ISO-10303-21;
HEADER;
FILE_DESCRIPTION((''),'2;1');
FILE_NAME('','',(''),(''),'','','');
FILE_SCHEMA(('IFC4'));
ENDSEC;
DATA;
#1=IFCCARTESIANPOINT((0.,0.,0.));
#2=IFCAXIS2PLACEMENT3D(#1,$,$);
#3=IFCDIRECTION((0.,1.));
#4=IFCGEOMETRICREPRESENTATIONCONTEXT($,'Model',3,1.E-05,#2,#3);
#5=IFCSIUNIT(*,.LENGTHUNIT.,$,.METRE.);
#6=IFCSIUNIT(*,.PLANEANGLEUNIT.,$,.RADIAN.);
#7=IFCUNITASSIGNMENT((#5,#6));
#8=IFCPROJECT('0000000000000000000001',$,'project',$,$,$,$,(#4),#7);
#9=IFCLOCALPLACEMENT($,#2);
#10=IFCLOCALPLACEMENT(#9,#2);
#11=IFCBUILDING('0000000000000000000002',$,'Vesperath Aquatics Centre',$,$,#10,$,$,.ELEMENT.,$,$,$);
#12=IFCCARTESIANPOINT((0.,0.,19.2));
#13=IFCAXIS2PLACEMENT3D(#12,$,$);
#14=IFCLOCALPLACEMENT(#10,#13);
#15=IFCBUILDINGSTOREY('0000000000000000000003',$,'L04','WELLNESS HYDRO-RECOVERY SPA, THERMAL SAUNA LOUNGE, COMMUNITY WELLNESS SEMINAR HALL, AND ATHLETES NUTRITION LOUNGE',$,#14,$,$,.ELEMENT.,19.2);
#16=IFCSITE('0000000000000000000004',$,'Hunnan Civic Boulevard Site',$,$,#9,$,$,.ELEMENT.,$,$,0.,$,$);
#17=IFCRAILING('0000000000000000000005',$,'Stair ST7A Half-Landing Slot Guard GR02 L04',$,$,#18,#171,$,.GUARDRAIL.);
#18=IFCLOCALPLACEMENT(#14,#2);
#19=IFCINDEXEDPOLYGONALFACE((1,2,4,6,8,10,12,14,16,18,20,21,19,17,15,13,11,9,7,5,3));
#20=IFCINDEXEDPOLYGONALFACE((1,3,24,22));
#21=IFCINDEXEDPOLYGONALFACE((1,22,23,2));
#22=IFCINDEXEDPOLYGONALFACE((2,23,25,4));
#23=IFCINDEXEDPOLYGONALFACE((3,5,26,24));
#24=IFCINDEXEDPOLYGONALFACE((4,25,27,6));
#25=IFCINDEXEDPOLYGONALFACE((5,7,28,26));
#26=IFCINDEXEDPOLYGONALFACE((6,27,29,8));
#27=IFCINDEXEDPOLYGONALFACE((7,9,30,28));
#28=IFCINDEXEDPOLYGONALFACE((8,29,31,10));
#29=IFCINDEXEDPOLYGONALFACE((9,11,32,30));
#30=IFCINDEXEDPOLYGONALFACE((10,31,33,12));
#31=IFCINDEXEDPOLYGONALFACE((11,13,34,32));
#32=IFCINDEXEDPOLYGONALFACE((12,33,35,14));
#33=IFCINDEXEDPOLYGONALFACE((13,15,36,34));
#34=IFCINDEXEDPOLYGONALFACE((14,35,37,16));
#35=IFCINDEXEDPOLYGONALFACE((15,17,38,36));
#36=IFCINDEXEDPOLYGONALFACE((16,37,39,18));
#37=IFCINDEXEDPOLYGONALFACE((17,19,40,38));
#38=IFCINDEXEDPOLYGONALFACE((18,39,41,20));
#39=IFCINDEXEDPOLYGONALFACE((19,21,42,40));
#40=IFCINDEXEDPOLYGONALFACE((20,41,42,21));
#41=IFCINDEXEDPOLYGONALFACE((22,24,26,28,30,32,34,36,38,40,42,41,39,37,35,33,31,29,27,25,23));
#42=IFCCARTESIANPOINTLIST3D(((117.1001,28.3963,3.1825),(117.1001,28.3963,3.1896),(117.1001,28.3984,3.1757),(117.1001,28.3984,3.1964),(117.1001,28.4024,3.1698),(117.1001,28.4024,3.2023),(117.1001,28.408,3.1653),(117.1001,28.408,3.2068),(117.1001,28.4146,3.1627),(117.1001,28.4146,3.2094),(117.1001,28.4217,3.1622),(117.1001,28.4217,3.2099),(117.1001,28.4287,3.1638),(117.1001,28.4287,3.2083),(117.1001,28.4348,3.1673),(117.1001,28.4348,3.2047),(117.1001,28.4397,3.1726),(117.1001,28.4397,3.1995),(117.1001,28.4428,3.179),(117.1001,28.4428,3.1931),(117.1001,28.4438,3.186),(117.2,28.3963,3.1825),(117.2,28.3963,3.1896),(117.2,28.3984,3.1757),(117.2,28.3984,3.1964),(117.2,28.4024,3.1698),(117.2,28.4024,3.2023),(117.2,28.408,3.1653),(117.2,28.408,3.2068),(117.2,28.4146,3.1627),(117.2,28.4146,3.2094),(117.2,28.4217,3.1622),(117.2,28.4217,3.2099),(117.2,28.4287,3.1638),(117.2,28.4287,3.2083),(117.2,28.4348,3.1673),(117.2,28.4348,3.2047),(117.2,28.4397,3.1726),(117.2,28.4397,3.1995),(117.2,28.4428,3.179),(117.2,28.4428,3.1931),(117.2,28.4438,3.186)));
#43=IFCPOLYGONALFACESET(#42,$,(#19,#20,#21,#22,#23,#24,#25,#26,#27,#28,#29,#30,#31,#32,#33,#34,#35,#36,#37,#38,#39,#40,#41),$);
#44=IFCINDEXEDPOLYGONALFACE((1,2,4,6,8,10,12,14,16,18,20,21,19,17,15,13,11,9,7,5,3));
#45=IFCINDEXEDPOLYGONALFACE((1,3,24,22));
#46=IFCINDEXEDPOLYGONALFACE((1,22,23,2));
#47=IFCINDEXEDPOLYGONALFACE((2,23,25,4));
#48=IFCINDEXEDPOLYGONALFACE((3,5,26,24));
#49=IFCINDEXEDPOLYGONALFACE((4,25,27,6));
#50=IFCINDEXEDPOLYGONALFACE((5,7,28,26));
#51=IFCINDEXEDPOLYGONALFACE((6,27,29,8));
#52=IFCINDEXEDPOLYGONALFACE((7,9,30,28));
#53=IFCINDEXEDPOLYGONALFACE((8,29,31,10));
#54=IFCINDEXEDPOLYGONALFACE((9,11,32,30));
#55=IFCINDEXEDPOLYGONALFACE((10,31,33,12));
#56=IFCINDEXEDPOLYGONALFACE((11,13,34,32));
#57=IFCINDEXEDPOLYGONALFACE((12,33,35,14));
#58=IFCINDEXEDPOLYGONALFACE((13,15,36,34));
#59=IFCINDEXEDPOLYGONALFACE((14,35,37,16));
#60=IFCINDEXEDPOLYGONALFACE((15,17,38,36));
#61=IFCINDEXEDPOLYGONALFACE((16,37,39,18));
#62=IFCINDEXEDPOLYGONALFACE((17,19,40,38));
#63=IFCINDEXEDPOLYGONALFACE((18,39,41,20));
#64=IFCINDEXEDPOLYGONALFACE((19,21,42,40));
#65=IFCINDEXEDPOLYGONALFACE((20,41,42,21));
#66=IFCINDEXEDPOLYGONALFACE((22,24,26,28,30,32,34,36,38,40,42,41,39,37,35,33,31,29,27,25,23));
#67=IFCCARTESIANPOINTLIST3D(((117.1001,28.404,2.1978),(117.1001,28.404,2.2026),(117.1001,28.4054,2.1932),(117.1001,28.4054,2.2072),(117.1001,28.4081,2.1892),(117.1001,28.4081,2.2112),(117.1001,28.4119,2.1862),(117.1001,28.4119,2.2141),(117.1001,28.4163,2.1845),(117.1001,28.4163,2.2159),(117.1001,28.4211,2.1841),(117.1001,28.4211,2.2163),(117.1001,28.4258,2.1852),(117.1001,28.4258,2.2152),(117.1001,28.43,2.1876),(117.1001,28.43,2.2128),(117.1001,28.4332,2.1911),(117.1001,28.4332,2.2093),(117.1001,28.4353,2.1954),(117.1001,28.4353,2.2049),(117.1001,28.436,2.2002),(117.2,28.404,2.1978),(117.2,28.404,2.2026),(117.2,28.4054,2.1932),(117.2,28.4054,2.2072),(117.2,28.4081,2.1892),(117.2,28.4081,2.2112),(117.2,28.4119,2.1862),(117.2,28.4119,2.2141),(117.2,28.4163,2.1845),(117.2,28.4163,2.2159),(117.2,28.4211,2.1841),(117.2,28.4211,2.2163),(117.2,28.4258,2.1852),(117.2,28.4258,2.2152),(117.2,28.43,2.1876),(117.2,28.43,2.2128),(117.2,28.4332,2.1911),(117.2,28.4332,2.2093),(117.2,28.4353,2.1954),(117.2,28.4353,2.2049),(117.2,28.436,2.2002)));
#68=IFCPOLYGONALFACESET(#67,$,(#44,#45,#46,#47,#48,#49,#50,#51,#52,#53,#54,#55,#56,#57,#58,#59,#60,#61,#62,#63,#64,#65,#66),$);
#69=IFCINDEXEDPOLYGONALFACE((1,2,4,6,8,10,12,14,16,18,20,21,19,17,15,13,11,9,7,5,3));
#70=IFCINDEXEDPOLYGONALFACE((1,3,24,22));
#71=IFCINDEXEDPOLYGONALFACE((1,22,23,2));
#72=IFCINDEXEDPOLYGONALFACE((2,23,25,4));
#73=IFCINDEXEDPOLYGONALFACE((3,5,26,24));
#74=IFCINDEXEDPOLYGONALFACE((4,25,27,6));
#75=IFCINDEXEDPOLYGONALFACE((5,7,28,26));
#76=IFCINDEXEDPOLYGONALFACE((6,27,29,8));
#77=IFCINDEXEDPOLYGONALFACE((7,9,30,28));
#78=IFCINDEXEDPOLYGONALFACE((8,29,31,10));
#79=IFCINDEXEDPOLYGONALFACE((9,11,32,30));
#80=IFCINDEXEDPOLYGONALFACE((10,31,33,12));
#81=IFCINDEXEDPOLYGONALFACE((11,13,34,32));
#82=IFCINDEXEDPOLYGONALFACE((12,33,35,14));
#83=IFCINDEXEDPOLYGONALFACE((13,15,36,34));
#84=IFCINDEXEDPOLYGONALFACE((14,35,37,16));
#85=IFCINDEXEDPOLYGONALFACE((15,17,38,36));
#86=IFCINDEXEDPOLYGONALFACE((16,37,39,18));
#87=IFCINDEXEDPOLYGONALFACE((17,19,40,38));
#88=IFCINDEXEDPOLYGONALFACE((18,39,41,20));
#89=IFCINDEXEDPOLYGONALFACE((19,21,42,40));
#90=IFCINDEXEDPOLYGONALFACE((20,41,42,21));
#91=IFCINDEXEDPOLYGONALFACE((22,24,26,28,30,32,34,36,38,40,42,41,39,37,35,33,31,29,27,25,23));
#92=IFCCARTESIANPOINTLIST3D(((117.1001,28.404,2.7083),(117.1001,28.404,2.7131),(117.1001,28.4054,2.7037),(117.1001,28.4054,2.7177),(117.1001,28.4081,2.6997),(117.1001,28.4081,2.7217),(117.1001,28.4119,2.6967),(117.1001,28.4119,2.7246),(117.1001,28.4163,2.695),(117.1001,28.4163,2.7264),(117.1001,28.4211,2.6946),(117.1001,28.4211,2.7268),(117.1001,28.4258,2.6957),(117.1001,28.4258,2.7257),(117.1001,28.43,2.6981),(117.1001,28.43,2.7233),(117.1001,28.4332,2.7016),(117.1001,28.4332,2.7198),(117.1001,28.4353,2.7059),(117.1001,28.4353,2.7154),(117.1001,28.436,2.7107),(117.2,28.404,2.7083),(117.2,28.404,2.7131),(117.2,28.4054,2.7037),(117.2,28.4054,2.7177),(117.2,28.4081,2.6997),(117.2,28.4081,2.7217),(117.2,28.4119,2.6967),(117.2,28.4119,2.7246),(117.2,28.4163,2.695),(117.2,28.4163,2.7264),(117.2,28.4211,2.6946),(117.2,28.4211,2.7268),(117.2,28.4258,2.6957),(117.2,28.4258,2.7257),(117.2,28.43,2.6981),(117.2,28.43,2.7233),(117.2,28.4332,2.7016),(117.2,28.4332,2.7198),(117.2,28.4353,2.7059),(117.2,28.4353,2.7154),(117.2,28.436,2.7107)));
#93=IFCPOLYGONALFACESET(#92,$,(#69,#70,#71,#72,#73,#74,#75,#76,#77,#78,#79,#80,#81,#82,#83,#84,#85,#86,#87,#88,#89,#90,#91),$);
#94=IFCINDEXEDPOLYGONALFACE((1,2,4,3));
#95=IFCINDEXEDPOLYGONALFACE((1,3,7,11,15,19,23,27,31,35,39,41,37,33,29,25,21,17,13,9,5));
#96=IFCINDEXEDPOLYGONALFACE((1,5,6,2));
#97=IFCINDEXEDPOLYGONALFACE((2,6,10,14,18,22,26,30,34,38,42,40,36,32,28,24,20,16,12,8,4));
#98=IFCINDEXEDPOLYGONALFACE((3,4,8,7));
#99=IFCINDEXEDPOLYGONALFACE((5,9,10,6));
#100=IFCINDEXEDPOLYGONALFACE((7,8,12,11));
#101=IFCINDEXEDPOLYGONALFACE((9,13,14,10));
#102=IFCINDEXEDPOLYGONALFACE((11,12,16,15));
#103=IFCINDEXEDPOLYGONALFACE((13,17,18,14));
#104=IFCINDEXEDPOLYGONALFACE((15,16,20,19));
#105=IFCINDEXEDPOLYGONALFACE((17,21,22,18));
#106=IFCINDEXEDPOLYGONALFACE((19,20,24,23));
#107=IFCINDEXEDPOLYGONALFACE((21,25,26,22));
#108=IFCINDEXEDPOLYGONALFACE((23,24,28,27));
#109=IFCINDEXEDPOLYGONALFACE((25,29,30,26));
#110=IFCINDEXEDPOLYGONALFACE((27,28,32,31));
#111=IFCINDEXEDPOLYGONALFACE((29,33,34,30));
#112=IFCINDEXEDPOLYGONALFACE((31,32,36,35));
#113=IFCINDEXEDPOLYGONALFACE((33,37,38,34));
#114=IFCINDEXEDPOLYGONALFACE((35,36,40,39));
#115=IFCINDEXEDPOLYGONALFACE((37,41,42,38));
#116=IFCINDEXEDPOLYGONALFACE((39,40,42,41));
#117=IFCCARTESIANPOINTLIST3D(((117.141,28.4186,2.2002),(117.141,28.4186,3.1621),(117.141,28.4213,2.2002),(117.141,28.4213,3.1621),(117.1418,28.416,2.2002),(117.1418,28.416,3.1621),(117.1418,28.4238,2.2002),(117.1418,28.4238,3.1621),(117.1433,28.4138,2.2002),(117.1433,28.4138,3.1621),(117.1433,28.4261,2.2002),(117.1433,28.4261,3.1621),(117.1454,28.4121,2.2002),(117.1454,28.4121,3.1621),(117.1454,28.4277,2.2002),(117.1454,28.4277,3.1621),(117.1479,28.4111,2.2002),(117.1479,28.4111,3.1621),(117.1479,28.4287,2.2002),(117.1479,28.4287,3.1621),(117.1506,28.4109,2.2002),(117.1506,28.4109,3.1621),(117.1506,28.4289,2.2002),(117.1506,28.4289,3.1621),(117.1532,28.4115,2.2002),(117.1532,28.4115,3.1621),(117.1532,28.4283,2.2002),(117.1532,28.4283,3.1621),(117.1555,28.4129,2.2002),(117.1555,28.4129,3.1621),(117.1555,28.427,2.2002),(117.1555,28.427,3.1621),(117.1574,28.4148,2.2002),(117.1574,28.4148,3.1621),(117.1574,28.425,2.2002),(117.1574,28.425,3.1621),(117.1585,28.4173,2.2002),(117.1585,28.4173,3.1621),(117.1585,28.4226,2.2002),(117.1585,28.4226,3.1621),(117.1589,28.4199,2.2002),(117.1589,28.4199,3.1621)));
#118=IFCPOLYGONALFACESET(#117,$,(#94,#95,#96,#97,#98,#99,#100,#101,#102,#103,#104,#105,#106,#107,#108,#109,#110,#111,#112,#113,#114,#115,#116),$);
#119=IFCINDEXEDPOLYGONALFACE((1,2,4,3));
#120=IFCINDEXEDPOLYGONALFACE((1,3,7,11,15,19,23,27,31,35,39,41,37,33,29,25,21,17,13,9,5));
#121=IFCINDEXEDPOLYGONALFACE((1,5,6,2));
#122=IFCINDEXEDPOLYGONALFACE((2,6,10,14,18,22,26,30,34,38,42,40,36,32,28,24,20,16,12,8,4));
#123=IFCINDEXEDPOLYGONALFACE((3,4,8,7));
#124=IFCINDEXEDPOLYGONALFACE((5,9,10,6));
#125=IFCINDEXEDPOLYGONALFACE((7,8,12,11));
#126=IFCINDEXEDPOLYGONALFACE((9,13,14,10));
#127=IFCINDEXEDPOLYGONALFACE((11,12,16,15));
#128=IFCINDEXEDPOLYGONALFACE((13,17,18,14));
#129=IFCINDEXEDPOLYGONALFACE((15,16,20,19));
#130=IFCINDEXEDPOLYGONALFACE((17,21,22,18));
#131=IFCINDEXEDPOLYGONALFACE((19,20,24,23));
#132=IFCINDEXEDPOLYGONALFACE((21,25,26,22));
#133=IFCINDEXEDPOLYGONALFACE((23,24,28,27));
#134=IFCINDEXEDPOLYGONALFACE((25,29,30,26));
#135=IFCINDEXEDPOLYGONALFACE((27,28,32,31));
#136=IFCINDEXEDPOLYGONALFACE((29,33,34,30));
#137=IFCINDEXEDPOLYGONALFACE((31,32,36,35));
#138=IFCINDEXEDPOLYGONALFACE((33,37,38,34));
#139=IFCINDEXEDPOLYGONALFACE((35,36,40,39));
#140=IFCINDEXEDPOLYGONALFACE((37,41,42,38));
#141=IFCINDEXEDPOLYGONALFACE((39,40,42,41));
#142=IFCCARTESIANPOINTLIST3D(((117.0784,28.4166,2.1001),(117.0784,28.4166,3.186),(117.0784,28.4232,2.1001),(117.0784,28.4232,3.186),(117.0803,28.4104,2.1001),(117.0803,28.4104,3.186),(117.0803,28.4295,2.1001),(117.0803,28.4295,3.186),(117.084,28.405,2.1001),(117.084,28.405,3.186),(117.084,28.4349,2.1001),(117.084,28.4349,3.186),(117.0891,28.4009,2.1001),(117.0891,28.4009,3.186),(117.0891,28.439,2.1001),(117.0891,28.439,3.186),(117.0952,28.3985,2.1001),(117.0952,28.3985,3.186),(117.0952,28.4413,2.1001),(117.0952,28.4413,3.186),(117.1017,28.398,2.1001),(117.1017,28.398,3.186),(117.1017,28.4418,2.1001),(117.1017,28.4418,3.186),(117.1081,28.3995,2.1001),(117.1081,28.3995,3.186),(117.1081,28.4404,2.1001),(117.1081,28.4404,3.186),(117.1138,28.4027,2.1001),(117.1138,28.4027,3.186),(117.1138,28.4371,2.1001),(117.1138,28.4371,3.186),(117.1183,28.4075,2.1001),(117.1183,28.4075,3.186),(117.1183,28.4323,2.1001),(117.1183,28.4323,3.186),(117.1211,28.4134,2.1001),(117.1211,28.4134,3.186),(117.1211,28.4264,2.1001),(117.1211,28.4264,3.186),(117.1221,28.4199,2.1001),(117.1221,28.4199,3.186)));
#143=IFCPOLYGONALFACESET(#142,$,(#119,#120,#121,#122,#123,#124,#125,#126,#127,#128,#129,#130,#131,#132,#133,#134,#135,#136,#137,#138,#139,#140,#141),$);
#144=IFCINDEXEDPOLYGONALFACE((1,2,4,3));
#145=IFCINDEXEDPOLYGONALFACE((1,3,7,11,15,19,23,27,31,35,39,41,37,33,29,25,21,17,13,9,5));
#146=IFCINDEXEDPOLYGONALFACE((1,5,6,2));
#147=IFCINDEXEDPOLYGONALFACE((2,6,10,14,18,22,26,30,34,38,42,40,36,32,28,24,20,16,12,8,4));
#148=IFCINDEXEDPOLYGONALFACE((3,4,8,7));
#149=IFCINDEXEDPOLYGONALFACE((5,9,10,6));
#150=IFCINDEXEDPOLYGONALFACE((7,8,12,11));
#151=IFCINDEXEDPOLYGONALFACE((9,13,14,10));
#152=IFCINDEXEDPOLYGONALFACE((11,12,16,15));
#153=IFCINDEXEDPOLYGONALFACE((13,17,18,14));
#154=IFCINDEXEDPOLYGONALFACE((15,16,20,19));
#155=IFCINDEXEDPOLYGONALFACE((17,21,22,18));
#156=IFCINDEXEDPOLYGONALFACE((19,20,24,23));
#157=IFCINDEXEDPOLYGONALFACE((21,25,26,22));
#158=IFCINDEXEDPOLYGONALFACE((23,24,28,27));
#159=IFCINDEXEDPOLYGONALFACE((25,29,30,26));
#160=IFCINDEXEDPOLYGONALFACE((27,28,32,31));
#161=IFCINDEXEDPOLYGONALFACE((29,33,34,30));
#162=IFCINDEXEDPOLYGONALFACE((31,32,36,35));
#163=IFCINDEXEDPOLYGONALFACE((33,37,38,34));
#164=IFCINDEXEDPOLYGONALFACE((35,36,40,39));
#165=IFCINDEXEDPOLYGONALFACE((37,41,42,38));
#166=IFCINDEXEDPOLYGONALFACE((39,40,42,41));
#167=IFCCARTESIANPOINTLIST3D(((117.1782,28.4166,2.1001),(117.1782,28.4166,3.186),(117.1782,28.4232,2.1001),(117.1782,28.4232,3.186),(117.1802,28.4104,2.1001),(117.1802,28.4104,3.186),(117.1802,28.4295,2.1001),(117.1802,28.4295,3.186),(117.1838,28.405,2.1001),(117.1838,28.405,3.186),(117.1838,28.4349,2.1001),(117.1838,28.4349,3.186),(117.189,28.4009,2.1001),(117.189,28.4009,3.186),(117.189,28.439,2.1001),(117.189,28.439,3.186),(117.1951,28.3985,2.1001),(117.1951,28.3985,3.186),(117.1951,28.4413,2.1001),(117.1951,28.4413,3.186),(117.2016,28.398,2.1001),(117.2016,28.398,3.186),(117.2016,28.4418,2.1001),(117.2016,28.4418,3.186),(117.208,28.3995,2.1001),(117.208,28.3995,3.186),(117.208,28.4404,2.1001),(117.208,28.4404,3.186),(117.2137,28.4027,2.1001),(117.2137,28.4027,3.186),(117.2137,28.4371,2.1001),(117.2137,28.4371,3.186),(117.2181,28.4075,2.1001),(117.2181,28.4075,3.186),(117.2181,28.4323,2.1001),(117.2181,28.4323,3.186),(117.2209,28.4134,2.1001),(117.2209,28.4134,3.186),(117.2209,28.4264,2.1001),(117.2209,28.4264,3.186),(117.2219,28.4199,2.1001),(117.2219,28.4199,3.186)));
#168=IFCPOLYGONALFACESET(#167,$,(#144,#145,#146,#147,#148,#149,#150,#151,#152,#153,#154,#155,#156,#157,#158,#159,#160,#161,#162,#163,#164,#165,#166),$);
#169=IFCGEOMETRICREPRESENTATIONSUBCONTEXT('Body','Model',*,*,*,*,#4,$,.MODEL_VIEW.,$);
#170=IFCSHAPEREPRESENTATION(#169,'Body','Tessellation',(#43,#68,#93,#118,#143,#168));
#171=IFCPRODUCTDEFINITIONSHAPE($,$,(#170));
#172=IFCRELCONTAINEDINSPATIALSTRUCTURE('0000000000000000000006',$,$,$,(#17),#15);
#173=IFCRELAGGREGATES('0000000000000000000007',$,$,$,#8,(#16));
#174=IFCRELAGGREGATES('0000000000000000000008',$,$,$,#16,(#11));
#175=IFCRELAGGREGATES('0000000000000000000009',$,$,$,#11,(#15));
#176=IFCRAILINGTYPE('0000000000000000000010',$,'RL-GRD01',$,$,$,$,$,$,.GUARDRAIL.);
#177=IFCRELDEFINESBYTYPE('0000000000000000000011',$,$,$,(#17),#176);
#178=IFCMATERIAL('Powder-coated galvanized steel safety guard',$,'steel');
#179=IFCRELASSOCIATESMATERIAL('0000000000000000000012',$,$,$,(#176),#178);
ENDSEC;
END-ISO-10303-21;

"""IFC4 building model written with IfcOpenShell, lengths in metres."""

from ifc_helpers import new_model, si_unit, direction, frame, origin, origin_2d, place, context, subcontext, project, spatial, circle, extrude, material, type_object, element, save


model = new_model("IFC4")

# Units and contexts
model_context = context("Model", 3, precision=1e-05, world=origin(), true_north=direction((0.0, 1.0)))
body_context = subcontext(model_context, "Body", "Model", "MODEL_VIEW")
ifc_project = project(units=[si_unit("LENGTHUNIT", "METRE"), si_unit("PLANEANGLEUNIT", "RADIAN")], contexts=[model_context])

# Site, building, storey
site_placement = place(None, origin())
site = spatial("IfcSite", under=ifc_project, at=site_placement, Name="Hunnan Civic Boulevard Site", CompositionType="ELEMENT", RefElevation=0.0)
building_placement = place(site_placement, origin())
building = spatial("IfcBuilding", under=site, at=building_placement, Name="Vesperath Aquatics Centre", CompositionType="ELEMENT")
storey_placement = place(building_placement, frame((0.0, 0.0, 19.2)))
storey = spatial("IfcBuildingStorey", under=building, at=storey_placement, Name="L04", Description="WELLNESS HYDRO-RECOVERY SPA, THERMAL SAUNA LOUNGE, COMMUNITY WELLNESS SEMINAR HALL, AND ATHLETES NUTRITION LOUNGE", CompositionType="ELEMENT", Elevation=19.2)

# Railing
ifc_material_1 = material(Name="Powder-coated galvanized steel safety guard", Category="steel")
railing_type_1 = type_object("IfcRailingType", Name="RL-GRD01", PredefinedType="GUARDRAIL", material=ifc_material_1)
railing_1_placement = place(storey_placement, frame((117.1001, 28.4199, 2.1001)))
element("IfcRailing", 1, at=railing_1_placement, inside=storey, type_object=railing_type_1, Name="Stair ST7A Half-Landing Slot Guard GR02 L04", PredefinedType="GUARDRAIL", context=body_context, shape_type="SweptSolid", body=[
    extrude(circle(Radius=0.0239, at=origin_2d()), frame((0.0, 0.0, 1.0859), z_axis=(1.0, 0.0, 0.0), x_axis=(0.0, 1.0, 0.0)), (0.0, 0.0, 1.0), 0.0999),
    extrude(circle(Radius=0.0161, at=origin_2d()), frame((0.0, 0.0, 0.1001), z_axis=(1.0, 0.0, 0.0), x_axis=(0.0, 1.0, 0.0)), (0.0, 0.0, 1.0), 0.0999),
    extrude(circle(Radius=0.0161, at=origin_2d()), frame((0.0, 0.0, 0.6106), z_axis=(1.0, 0.0, 0.0), x_axis=(0.0, 1.0, 0.0)), (0.0, 0.0, 1.0), 0.0999),
    extrude(circle(Radius=0.009, at=origin_2d()), frame((0.0498, 0.0, 0.1001)), (0.0, 0.0, 1.0), 0.9619),
    extrude(circle(Radius=0.022, at=origin_2d()), origin(), (0.0, 0.0, 1.0), 1.0859),
    extrude(circle(Radius=0.022, at=origin_2d()), frame((0.0999, 0.0, 0.0)), (0.0, 0.0, 1.0), 1.0859),
])

save(model, "model.ifc")
